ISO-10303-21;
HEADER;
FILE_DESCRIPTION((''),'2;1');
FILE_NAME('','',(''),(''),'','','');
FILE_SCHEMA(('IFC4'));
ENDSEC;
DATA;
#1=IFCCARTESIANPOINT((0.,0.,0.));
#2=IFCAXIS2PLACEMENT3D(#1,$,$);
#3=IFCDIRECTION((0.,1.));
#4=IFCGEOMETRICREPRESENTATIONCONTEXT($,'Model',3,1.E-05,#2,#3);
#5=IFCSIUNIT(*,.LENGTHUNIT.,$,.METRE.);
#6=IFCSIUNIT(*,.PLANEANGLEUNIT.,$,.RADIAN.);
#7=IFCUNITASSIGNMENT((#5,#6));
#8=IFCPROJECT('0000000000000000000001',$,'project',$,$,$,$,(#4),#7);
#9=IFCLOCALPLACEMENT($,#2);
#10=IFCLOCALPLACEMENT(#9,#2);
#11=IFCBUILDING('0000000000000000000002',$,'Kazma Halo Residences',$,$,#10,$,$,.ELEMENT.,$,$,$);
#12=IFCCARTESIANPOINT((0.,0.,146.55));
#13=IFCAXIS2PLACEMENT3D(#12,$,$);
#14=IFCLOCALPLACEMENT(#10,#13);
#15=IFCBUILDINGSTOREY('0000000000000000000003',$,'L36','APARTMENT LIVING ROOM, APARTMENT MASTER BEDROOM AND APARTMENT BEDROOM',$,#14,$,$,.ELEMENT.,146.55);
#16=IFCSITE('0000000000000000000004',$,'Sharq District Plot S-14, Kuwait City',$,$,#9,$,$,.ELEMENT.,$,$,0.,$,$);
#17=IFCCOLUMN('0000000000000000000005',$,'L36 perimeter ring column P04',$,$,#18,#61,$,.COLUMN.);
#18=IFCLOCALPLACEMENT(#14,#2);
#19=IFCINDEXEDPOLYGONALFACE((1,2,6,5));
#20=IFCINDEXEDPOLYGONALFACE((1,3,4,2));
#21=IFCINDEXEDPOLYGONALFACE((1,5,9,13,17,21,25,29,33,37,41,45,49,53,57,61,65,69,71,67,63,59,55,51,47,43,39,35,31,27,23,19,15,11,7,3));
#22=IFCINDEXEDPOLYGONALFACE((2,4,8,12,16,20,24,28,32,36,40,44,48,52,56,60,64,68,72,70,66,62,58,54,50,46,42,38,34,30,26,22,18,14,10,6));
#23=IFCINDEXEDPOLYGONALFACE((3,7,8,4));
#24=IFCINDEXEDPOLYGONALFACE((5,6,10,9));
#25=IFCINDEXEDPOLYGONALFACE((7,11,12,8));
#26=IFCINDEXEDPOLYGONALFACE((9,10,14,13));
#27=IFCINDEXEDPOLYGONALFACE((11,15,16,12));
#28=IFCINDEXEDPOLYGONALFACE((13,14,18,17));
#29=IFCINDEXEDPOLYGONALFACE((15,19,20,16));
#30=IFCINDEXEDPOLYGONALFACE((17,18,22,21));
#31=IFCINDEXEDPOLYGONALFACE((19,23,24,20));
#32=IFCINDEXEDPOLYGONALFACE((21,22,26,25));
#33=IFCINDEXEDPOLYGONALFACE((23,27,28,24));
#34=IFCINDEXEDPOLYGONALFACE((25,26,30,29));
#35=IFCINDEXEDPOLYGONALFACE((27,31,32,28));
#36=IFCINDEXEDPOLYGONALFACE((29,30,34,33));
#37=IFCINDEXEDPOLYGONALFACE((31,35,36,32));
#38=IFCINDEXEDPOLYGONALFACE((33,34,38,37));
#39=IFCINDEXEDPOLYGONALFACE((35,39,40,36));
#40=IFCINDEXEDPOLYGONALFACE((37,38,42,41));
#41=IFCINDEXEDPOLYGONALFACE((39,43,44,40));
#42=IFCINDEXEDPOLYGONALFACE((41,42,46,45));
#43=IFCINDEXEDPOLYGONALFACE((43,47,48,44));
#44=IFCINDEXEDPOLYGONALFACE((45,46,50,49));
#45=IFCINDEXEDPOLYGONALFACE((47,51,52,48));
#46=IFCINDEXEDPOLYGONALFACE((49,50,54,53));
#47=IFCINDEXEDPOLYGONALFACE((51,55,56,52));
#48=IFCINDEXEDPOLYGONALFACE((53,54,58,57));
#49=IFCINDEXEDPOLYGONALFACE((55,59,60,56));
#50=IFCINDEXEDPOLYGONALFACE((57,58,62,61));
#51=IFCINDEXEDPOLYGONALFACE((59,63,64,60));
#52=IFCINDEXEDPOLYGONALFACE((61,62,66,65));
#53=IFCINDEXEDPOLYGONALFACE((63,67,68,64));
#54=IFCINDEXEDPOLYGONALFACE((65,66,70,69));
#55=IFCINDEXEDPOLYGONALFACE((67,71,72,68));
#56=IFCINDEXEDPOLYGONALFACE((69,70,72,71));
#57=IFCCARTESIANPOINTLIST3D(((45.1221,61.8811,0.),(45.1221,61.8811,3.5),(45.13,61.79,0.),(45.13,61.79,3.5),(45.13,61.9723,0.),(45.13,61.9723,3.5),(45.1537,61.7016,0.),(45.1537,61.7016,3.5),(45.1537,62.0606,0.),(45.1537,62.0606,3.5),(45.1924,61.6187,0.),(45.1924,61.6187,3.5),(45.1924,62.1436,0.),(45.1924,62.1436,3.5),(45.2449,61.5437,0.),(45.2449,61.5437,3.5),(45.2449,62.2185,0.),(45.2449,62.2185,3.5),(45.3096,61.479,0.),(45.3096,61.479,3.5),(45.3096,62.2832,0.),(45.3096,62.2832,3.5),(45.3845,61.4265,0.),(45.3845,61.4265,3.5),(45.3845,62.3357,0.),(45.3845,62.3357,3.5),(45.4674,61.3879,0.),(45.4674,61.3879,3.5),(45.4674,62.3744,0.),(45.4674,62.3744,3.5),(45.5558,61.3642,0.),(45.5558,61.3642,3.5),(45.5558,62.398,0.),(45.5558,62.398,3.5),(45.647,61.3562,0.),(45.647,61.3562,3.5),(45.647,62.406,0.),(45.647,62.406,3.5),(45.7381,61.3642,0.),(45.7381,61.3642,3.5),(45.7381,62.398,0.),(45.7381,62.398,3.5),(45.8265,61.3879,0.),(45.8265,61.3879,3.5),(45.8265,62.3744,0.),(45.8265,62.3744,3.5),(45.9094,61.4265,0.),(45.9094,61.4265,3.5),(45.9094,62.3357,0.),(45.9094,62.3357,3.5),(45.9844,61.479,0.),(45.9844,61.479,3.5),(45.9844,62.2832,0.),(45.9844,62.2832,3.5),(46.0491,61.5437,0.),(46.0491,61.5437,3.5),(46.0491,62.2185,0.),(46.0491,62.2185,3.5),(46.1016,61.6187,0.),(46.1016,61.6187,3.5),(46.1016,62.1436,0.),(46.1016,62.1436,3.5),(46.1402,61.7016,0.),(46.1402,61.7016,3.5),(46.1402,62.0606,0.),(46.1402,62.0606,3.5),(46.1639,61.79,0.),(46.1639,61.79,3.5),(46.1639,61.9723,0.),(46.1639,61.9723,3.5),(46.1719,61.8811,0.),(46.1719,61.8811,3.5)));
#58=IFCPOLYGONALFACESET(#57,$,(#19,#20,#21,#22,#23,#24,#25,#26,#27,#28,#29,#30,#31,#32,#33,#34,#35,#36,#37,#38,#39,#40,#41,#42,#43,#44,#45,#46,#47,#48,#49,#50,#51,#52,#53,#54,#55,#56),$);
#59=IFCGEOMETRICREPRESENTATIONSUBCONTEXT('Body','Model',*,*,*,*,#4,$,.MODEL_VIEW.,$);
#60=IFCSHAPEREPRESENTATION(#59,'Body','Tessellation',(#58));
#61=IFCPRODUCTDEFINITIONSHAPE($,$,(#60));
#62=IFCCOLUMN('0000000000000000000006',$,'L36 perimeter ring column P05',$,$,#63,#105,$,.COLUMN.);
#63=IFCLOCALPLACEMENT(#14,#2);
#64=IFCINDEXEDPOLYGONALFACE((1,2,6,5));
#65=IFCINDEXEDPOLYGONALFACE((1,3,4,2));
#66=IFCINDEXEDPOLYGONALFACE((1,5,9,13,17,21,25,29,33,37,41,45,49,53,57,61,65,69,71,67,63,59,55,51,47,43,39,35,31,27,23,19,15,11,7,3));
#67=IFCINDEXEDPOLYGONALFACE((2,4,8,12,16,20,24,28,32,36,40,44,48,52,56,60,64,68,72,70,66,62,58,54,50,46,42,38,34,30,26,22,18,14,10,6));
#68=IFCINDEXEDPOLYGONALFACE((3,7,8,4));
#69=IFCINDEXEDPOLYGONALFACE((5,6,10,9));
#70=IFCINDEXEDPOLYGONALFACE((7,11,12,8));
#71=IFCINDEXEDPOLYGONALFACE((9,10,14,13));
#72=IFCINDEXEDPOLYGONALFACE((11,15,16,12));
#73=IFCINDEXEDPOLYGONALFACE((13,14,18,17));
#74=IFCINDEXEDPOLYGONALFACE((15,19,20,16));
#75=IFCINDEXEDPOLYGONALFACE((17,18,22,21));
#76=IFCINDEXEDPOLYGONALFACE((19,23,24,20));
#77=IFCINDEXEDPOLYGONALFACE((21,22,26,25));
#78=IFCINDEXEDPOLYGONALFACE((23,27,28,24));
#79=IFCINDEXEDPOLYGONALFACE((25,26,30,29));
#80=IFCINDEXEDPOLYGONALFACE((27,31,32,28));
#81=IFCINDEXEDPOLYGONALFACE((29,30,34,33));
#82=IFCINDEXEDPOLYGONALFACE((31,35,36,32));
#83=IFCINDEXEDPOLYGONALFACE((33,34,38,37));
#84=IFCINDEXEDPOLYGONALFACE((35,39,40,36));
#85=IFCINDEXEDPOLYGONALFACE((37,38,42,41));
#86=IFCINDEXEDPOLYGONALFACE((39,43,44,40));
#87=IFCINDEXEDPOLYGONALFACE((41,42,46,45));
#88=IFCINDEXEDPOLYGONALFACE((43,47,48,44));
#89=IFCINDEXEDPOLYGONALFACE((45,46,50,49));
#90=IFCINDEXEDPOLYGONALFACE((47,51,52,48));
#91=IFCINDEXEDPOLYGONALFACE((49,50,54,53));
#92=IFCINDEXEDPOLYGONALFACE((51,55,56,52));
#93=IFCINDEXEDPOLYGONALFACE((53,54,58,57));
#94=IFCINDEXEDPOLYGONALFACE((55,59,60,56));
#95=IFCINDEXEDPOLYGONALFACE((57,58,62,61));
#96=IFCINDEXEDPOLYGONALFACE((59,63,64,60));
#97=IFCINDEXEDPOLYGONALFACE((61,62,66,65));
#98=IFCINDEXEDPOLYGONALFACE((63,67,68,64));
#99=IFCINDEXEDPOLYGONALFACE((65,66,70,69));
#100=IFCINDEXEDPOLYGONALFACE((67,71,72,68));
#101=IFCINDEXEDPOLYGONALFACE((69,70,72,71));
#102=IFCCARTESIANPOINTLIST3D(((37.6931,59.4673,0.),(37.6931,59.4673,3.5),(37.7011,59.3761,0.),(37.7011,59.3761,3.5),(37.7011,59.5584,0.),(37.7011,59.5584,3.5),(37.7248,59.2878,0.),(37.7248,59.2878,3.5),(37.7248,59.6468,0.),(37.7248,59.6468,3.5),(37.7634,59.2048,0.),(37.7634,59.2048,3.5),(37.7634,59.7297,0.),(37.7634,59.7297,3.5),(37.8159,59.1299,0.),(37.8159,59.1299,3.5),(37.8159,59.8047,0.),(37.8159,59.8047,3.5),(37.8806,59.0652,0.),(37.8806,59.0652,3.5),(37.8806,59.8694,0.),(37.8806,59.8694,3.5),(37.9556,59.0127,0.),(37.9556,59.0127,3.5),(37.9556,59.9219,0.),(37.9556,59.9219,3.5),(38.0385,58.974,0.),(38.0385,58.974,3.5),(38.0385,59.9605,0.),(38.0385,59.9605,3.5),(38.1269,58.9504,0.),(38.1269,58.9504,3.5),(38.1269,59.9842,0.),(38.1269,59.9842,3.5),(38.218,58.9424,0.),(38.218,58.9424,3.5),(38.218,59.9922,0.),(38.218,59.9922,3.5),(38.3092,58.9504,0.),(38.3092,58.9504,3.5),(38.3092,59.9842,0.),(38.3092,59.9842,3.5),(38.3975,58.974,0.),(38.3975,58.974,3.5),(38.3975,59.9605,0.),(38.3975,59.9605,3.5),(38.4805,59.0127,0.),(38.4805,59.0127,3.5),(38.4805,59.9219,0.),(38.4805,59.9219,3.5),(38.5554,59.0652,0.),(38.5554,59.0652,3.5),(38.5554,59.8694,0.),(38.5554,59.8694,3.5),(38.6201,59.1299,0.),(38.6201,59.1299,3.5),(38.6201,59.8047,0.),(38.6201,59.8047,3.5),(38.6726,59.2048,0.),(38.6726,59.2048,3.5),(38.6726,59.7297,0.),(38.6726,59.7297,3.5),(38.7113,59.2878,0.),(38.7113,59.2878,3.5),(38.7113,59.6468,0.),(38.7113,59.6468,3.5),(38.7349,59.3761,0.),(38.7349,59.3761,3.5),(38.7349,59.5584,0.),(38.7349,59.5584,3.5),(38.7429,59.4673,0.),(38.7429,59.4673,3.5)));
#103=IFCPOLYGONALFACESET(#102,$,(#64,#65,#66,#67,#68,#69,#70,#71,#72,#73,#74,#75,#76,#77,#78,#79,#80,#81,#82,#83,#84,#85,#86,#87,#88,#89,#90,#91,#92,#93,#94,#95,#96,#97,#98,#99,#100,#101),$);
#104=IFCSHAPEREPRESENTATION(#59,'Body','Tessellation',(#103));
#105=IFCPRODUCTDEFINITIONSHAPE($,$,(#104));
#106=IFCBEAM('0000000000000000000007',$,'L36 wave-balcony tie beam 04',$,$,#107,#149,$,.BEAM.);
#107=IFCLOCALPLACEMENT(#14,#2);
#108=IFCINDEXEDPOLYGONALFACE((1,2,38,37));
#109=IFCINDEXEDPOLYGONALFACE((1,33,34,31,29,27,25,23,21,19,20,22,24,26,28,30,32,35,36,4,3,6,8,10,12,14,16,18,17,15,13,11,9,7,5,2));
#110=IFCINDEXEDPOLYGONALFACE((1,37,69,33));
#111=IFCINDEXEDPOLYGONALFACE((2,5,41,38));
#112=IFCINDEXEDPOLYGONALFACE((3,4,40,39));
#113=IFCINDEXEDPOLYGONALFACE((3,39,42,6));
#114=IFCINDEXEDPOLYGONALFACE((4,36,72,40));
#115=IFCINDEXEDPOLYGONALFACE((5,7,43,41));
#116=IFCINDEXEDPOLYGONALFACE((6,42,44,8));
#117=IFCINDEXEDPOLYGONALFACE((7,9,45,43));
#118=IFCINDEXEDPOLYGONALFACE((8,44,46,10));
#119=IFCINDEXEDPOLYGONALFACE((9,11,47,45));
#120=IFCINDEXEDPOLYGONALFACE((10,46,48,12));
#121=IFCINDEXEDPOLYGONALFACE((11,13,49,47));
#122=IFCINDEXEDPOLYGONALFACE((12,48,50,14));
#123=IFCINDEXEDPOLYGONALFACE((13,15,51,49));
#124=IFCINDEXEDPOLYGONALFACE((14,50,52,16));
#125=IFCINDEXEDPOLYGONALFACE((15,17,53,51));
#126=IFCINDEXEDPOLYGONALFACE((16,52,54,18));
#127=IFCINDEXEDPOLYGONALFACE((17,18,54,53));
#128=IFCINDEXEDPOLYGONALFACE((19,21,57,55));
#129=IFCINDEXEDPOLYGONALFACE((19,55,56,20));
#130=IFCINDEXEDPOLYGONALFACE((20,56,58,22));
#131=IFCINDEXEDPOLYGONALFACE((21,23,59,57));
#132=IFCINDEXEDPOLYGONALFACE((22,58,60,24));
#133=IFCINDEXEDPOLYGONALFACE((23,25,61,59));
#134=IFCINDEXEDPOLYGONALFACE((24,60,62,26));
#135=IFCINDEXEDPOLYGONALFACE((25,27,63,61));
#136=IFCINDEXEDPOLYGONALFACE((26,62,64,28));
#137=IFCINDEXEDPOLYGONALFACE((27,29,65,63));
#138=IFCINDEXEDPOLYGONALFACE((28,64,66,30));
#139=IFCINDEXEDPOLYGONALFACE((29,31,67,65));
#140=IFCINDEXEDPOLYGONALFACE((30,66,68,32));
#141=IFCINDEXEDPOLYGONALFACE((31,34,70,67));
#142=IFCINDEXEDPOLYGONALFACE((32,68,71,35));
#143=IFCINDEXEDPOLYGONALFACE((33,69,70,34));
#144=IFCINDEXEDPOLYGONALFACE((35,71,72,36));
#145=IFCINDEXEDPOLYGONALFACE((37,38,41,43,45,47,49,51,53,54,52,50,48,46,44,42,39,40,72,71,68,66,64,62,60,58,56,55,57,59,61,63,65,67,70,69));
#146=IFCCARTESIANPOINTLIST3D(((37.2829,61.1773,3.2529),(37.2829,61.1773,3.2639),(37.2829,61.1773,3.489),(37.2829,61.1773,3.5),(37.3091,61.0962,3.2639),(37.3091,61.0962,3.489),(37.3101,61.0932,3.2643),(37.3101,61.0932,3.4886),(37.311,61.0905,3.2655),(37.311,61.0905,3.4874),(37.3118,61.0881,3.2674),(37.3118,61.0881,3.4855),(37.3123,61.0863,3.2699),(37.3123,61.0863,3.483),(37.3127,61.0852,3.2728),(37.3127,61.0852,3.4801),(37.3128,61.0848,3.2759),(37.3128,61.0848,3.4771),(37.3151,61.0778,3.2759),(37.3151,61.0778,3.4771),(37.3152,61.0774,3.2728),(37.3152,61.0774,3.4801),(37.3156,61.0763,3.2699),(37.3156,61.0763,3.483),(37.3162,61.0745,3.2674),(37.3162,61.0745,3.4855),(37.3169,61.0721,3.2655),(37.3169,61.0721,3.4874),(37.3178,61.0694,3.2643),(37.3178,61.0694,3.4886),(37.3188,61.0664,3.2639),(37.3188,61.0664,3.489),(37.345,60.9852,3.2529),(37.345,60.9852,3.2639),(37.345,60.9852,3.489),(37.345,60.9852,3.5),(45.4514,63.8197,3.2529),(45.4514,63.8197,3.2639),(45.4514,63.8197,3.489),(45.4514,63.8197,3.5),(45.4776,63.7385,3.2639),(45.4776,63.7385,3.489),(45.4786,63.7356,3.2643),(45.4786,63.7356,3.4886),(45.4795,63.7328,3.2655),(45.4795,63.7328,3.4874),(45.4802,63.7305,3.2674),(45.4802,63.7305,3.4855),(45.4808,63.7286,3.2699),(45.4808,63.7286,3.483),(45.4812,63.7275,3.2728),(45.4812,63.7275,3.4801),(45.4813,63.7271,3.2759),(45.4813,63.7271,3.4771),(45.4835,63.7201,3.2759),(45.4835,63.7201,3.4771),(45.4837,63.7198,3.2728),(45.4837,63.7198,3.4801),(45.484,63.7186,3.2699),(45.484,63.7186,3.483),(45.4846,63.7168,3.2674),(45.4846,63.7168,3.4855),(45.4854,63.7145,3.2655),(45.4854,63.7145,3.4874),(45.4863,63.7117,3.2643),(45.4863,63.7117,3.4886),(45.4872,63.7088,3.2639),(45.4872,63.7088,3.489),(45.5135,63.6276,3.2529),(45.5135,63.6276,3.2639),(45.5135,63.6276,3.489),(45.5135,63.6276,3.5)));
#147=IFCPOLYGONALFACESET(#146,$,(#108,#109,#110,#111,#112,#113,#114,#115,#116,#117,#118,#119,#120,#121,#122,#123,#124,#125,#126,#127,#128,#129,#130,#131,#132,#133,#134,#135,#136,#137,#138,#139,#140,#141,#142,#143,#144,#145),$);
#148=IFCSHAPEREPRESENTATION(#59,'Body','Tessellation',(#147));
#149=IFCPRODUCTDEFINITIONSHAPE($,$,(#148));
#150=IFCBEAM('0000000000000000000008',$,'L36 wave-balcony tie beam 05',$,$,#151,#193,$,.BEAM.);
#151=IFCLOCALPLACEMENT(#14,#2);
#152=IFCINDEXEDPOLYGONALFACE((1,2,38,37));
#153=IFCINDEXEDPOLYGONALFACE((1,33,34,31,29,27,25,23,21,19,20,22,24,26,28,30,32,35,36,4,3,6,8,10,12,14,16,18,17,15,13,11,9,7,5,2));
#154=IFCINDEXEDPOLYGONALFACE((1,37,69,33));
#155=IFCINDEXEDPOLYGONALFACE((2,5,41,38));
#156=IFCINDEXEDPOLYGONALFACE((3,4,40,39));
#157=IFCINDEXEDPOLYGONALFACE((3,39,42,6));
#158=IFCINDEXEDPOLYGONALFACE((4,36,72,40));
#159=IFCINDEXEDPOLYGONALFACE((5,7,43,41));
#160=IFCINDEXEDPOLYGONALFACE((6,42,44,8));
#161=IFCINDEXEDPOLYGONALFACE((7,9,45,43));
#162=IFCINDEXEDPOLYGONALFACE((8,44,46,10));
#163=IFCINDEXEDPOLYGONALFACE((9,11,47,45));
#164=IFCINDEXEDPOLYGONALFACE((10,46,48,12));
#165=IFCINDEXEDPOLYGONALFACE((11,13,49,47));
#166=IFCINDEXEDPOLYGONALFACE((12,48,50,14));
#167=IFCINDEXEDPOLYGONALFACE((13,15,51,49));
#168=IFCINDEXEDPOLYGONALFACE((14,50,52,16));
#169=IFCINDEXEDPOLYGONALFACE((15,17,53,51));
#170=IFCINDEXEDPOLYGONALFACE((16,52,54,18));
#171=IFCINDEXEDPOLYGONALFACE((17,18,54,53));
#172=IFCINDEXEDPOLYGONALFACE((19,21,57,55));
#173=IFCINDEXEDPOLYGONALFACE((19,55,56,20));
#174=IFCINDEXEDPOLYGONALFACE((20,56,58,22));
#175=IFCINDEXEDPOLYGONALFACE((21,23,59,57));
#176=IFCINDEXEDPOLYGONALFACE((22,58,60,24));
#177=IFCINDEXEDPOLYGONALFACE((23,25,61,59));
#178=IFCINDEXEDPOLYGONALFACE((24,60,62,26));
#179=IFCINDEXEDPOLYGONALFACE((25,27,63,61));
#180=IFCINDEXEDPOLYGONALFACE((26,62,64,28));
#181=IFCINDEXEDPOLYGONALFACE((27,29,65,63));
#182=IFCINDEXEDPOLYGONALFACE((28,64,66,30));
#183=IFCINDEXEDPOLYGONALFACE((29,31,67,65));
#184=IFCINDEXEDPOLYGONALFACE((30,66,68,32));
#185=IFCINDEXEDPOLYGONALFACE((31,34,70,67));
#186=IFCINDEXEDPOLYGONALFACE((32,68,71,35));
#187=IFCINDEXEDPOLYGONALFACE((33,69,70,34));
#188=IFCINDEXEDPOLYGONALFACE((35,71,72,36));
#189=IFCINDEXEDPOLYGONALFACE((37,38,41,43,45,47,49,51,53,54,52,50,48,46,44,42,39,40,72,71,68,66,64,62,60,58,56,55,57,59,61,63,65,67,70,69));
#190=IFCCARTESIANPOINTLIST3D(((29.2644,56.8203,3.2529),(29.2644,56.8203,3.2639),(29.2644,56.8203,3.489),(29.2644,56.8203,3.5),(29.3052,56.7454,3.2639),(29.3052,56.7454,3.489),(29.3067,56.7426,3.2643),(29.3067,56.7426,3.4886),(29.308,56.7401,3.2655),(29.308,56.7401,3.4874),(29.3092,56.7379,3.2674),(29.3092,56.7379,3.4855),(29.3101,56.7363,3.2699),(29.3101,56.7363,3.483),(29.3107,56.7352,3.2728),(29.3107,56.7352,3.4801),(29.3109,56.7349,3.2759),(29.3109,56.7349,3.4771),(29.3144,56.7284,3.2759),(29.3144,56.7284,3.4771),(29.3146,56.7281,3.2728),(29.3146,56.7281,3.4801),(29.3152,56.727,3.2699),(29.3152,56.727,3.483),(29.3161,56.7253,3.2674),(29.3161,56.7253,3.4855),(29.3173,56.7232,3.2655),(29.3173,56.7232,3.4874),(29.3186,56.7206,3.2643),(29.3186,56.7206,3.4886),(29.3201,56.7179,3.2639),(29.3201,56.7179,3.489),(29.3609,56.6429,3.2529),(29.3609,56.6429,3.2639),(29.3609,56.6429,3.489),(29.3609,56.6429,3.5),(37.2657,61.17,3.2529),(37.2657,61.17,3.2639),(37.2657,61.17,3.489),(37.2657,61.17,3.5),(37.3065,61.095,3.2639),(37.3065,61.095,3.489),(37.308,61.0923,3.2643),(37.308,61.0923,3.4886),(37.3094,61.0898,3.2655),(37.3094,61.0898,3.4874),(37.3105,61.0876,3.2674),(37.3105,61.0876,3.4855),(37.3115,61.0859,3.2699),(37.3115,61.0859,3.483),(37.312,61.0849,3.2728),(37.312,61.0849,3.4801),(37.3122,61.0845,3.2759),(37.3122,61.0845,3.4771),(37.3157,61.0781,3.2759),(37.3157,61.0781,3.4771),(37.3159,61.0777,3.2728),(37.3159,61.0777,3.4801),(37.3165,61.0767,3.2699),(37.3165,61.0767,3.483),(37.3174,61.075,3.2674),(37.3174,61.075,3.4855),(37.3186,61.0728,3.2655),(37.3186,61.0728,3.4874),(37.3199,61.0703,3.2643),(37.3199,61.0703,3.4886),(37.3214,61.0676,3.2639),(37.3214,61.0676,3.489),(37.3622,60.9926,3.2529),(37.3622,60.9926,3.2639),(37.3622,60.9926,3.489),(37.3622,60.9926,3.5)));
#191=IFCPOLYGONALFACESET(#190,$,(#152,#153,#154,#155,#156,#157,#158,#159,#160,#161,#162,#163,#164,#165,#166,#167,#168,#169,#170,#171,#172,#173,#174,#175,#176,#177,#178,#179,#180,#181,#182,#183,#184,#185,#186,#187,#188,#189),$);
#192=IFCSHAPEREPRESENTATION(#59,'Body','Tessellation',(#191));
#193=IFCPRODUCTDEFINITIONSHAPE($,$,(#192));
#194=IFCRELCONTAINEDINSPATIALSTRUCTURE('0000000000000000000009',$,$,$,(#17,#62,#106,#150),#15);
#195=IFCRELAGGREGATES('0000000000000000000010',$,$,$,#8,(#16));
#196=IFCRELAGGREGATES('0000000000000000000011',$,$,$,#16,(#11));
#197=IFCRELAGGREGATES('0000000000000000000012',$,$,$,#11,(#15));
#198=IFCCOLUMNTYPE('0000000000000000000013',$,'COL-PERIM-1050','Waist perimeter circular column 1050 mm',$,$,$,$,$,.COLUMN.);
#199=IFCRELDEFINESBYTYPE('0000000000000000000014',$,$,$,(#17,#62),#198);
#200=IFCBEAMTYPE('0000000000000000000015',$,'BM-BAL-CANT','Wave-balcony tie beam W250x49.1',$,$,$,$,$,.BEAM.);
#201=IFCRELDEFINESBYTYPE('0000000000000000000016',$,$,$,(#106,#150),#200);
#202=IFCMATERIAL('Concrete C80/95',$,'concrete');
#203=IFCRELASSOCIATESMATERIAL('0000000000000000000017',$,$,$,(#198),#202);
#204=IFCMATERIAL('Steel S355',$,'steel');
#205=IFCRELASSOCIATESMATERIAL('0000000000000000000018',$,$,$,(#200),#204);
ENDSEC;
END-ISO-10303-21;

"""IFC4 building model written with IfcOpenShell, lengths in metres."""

from ifc_helpers import new_model, si_unit, direction, frame, origin, origin_2d, place, context, subcontext, project, spatial, circle, i_section, extrude, material, material_profile, profile_set, type_object, element, save


model = new_model("IFC4")

# Units and contexts
model_context = context("Model", 3, precision=1e-05, world=origin(), true_north=direction((0.0, 1.0)))
body_context = subcontext(model_context, "Body", "Model", "MODEL_VIEW")
ifc_project = project(units=[si_unit("LENGTHUNIT", "METRE"), si_unit("PLANEANGLEUNIT", "RADIAN")], contexts=[model_context])

# Site, building, storey
site_placement = place(None, origin())
site = spatial("IfcSite", under=ifc_project, at=site_placement, Name="Sharq District Plot S-14, Kuwait City", CompositionType="ELEMENT", RefElevation=0.0)
building_placement = place(site_placement, origin())
building = spatial("IfcBuilding", under=site, at=building_placement, Name="Kazma Halo Residences", CompositionType="ELEMENT")
storey_placement = place(building_placement, frame((0.0, 0.0, 146.55)))
storey = spatial("IfcBuildingStorey", under=building, at=storey_placement, Name="L36", Description="APARTMENT LIVING ROOM, APARTMENT MASTER BEDROOM AND APARTMENT BEDROOM", CompositionType="ELEMENT", Elevation=146.55)

# Columns
ifc_material_1 = material(Name="Concrete C80/95", Category="concrete")
ifc_material_profile_1 = material_profile(ifc_material_1, circle(Radius=0.5249, at=origin_2d()), Name="CIRC1050")
ifc_profile_set_1 = profile_set([ifc_material_profile_1], Name="Concrete C80/95")
column_type = type_object("IfcColumnType", Name="COL-PERIM-1050", Description="Waist perimeter circular column 1050 mm", PredefinedType="COLUMN", material=ifc_profile_set_1)
for number, where, z_axis, x_axis, name in (
    (1, (45.647, 61.8811, 0.0), (0.0, 0.0, 1.0), (1.0, 0.0, 0.0), "L36 perimeter ring column P04"),
    (2, (38.218, 59.4673, 0.0), (0.0, 0.0, 1.0), (1.0, 0.0, 0.0), "L36 perimeter ring column P05"),
):
    element("IfcColumn", number, at=place(storey_placement, frame(where, z_axis=z_axis, x_axis=x_axis)), inside=storey, type_object=column_type, Name=name, PredefinedType="COLUMN", context=body_context, shape_type="SweptSolid", body=[
        extrude(circle(Radius=0.5249, at=origin_2d()), origin(), (0.0, 0.0, 1.0), 3.5),
    ])

# Beams
ifc_material_2 = material(Name="Steel S355", Category="steel")
ifc_material_profile_2 = material_profile(ifc_material_2, i_section(OverallWidth=0.2019, OverallDepth=0.2471, WebThickness=0.0073, FlangeThickness=0.011, FilletRadius=0.012, at=origin_2d()), Name="W250x49.1")
ifc_profile_set_2 = profile_set([ifc_material_profile_2], Name="Steel S355")
beam_type_1 = type_object("IfcBeamType", Name="BM-BAL-CANT", Description="Wave-balcony tie beam W250x49.1", PredefinedType="BEAM", material=ifc_profile_set_2)
beam_1_placement = place(storey_placement, frame((45.4824, 63.7236, 3.3765), z_axis=(-0.951458, -0.307778, 0.0), x_axis=(0.307778, -0.951458, 0.0)))
element("IfcBeam", 3, at=beam_1_placement, inside=storey, type_object=beam_type_1, Name="L36 wave-balcony tie beam 04", PredefinedType="BEAM", context=body_context, shape_type="SweptSolid", body=[
    extrude(i_section(OverallWidth=0.2019, OverallDepth=0.2471, WebThickness=0.0073, FlangeThickness=0.011, FilletRadius=0.012, at=origin_2d()), origin(), (0.0, 0.0, 1.0), 8.5852),
])
beam_2_placement = place(storey_placement, frame((37.314, 61.0813, 3.3765), z_axis=(-0.878573, -0.477608, 0.0), x_axis=(0.477608, -0.878573, 0.0)))
element("IfcBeam", 4, at=beam_2_placement, inside=storey, type_object=beam_type_1, Name="L36 wave-balcony tie beam 05", PredefinedType="BEAM", context=body_context, shape_type="SweptSolid", body=[
    extrude(i_section(OverallWidth=0.2019, OverallDepth=0.2471, WebThickness=0.0073, FlangeThickness=0.011, FilletRadius=0.012, at=origin_2d()), origin(), (0.0, 0.0, 1.0), 9.1072),
])

save(model, "model.ifc")
